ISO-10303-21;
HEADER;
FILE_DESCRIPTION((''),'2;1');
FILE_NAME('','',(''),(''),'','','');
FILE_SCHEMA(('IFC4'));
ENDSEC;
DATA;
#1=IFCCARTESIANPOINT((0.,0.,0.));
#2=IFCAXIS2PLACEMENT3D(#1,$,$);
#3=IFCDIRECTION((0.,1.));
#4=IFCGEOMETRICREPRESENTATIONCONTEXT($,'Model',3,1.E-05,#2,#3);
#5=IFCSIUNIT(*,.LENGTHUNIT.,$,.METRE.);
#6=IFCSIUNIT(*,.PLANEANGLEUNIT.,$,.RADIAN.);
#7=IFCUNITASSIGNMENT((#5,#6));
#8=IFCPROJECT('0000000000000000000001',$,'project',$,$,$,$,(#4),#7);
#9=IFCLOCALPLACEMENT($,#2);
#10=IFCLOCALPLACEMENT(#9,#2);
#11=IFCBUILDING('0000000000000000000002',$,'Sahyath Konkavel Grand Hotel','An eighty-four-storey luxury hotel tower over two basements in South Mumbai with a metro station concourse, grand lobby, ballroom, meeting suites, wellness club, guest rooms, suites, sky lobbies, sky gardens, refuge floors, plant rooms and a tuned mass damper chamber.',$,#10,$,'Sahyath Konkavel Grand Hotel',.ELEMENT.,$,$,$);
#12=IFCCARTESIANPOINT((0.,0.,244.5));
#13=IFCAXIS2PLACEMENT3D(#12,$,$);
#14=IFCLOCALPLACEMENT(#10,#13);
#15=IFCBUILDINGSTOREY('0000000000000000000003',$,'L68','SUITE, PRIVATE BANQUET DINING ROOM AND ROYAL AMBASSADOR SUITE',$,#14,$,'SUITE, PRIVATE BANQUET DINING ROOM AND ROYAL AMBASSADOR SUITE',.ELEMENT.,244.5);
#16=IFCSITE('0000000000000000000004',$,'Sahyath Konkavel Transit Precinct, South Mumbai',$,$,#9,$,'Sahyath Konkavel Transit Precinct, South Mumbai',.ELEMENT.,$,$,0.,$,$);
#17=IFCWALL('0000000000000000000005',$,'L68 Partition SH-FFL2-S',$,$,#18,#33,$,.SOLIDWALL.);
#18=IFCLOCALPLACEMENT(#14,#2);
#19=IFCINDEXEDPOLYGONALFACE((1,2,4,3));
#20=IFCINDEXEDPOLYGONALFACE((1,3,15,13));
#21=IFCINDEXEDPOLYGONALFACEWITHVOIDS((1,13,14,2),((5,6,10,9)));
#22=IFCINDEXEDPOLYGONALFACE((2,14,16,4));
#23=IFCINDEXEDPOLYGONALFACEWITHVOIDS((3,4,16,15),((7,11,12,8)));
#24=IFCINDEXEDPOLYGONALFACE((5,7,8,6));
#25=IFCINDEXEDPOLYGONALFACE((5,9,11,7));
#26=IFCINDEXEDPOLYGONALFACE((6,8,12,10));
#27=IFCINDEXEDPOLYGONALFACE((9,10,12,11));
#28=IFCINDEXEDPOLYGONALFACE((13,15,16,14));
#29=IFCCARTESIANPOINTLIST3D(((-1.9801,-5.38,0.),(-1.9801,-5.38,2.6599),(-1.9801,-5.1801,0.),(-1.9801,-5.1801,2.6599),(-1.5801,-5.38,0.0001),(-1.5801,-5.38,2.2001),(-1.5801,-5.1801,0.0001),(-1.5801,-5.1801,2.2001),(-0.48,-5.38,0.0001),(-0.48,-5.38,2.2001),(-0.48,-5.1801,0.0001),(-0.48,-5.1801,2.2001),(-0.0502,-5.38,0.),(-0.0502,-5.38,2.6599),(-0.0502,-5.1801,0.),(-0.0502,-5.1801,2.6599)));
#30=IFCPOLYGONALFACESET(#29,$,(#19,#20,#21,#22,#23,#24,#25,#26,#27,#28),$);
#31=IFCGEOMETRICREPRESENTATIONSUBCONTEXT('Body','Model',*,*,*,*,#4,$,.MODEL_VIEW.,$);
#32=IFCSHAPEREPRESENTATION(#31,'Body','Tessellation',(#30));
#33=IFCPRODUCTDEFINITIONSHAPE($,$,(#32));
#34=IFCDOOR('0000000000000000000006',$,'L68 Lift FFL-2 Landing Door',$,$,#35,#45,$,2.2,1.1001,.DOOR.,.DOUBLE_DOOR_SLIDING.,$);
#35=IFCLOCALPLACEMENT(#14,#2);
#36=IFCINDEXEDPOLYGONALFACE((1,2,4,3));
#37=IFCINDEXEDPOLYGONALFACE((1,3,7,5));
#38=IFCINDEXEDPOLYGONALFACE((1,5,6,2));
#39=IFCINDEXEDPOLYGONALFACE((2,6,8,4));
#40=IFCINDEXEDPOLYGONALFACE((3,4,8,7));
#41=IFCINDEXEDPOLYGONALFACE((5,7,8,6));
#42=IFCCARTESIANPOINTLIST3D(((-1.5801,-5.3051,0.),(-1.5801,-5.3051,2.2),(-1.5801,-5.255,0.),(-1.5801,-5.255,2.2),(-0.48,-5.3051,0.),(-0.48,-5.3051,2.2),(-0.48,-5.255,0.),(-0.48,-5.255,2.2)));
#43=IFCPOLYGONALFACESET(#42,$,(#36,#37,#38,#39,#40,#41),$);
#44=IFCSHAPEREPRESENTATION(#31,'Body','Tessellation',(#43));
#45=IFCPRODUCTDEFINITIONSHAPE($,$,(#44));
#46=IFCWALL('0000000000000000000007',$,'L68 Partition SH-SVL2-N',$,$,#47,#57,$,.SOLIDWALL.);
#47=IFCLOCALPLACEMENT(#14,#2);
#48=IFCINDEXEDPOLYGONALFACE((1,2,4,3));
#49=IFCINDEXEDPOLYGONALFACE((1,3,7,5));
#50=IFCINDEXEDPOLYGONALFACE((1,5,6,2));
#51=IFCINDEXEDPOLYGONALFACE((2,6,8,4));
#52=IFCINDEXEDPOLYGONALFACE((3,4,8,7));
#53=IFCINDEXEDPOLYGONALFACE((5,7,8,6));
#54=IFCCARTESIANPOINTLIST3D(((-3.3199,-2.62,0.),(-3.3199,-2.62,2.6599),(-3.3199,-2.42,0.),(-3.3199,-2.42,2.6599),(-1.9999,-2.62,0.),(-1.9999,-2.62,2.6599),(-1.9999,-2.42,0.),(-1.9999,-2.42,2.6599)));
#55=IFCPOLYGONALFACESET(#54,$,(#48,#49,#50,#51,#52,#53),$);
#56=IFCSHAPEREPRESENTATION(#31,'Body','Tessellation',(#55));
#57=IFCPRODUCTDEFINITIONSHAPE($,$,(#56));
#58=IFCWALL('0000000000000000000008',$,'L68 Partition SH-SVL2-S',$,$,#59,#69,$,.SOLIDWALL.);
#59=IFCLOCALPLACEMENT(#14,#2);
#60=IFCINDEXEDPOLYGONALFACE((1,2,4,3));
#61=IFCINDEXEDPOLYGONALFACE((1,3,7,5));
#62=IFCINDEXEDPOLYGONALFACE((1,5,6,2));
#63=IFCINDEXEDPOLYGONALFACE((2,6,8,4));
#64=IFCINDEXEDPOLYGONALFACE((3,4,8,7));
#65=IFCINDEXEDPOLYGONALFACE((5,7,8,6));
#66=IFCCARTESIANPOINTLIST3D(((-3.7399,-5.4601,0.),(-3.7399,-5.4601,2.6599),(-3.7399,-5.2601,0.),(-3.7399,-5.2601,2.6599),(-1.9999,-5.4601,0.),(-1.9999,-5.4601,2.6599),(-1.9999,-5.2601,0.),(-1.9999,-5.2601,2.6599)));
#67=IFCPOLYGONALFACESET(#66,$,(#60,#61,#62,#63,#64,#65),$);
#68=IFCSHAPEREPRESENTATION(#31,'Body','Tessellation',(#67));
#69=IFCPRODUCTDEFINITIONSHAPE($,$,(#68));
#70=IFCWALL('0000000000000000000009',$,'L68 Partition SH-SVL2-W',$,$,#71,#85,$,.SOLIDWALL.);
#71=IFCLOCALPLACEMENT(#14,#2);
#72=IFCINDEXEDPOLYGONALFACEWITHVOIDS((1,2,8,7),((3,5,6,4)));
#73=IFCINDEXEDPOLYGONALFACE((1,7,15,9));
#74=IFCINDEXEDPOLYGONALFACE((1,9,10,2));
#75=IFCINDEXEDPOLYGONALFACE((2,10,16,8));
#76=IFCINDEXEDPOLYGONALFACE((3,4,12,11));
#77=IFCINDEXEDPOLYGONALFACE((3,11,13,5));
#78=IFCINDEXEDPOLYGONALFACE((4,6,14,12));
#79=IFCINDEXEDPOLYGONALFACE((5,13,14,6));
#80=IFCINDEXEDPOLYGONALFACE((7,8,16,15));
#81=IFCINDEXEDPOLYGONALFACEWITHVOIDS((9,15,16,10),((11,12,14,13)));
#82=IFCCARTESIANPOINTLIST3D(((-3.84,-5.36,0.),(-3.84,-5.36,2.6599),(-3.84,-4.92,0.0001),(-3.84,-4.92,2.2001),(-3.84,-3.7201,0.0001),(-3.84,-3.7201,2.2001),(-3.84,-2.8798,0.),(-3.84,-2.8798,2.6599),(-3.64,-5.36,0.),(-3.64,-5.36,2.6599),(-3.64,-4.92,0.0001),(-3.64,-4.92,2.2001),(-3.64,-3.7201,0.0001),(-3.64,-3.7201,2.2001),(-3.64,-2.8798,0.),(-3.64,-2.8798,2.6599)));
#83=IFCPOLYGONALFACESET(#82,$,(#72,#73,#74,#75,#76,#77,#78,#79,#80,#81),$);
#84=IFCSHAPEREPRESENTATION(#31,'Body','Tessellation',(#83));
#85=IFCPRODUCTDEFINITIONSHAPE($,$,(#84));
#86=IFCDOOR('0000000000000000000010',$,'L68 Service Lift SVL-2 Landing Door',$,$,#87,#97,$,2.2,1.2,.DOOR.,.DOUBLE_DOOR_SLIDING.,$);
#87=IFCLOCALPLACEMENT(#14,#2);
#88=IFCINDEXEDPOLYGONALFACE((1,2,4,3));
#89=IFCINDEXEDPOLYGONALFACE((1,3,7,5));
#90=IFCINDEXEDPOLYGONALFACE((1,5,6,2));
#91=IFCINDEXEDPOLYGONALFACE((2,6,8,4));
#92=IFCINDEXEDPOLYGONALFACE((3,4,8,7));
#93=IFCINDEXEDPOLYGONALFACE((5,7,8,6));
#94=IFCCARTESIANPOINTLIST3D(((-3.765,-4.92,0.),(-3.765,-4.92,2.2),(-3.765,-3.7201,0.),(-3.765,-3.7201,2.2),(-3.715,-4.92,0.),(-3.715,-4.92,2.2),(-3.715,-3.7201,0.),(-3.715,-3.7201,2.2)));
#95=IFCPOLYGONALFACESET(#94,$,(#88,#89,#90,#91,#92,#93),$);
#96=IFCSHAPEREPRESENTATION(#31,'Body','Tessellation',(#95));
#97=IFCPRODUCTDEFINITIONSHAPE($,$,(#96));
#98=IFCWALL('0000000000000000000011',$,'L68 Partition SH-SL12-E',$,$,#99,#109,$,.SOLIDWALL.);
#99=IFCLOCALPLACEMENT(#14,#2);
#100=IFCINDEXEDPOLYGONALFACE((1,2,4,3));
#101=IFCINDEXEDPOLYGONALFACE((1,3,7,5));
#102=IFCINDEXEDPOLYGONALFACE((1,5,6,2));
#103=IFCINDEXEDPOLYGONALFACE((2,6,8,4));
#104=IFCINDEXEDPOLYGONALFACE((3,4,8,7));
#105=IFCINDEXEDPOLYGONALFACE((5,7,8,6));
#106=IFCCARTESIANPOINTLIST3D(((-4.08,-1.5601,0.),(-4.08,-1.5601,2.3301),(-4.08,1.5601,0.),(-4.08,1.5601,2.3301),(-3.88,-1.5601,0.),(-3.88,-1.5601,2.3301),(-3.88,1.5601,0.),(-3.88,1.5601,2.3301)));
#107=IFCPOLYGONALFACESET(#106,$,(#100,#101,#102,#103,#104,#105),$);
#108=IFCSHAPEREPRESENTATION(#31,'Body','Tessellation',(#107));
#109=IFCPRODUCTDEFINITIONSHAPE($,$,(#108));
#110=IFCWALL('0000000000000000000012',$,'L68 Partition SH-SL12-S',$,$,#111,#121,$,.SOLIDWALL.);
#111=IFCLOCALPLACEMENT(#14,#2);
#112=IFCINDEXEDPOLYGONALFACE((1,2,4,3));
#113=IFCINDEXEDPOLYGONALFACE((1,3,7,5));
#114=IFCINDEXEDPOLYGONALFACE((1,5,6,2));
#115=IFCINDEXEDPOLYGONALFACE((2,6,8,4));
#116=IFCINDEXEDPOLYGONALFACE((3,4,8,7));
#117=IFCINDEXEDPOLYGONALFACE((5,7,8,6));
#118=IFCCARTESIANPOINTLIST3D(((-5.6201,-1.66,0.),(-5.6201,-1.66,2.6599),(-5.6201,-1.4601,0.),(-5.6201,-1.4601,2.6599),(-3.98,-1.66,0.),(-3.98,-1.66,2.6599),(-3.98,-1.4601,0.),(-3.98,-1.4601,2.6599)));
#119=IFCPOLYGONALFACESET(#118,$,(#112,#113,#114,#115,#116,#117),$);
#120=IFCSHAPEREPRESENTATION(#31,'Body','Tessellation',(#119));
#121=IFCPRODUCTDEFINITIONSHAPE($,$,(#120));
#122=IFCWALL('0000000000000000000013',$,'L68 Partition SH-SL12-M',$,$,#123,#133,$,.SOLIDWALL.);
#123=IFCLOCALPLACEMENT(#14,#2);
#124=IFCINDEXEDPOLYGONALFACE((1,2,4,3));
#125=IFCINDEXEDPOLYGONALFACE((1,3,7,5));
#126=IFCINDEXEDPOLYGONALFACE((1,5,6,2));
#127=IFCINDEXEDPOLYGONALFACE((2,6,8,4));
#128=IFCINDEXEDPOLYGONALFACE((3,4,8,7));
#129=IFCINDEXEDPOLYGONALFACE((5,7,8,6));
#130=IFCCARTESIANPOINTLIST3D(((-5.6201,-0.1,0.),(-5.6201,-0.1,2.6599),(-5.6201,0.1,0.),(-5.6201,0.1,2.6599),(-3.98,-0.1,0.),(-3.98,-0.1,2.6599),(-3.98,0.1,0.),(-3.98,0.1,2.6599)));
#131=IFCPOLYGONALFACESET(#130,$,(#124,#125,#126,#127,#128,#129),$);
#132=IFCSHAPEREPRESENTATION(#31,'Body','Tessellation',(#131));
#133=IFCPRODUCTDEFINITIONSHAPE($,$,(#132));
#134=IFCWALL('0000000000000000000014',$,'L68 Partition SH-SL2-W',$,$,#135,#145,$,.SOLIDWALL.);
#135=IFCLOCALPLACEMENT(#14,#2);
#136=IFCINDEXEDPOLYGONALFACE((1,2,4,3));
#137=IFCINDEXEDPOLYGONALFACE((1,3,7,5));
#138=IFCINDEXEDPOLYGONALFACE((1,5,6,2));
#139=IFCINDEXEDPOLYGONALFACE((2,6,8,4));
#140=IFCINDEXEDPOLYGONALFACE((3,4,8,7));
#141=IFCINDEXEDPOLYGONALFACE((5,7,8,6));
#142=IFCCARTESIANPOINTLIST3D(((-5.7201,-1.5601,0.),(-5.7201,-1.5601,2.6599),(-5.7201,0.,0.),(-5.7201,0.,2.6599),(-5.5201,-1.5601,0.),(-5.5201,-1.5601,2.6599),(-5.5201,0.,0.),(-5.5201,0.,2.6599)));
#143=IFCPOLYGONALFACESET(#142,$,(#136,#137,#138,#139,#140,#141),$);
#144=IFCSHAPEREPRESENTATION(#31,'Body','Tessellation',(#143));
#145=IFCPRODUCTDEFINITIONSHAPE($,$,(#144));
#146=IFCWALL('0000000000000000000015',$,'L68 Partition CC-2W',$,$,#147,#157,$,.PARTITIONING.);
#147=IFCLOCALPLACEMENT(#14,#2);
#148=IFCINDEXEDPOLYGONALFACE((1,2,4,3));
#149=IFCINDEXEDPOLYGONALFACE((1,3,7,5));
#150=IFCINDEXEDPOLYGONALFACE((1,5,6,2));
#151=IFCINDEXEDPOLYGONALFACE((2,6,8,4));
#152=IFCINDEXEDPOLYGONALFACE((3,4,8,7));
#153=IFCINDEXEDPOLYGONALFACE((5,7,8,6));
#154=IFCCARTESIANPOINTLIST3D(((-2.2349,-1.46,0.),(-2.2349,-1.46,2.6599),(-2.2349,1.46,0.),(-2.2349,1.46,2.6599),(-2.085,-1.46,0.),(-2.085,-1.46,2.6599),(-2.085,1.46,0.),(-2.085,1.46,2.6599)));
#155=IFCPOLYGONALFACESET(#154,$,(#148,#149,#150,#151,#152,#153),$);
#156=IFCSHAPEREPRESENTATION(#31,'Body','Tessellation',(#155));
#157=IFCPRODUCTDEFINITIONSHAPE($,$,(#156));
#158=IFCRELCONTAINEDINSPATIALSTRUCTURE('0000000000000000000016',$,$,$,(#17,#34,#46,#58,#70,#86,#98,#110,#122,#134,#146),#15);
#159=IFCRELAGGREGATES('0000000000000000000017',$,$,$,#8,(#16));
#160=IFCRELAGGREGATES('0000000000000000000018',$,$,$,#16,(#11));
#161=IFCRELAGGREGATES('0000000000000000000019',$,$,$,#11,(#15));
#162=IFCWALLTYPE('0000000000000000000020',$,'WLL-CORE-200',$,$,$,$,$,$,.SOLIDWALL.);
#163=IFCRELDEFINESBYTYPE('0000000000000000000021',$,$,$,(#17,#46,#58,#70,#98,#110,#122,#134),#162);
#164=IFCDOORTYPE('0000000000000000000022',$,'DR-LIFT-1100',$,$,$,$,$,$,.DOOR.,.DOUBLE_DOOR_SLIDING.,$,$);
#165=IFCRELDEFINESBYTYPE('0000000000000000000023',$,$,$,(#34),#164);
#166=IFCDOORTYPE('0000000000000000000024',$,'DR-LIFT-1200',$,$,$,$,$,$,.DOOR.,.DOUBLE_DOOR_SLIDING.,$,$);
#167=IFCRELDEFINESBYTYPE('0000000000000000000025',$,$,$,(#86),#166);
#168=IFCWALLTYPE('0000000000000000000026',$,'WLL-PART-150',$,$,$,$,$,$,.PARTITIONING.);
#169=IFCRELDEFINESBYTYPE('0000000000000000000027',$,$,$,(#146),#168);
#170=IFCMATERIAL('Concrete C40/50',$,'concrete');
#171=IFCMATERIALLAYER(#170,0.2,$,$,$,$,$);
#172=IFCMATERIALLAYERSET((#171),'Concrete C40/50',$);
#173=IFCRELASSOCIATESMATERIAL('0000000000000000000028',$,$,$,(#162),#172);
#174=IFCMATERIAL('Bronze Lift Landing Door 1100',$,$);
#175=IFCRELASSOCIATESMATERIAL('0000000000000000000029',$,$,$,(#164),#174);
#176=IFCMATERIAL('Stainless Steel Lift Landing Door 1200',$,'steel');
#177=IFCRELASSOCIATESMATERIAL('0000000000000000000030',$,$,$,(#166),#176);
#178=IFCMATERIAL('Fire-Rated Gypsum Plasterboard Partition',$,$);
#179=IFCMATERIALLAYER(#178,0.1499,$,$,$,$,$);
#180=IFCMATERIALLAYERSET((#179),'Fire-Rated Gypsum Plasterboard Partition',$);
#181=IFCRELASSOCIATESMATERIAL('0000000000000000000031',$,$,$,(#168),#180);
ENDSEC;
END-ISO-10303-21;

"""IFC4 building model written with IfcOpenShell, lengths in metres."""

from ifc_helpers import new_model, si_unit, direction, frame, frame_2d, origin, origin_2d, place, context, subcontext, project, spatial, rectangle, extrude, source, transform, mapped, material, layer, layer_set, type_object, element, fill, save


model = new_model("IFC4")

# Units and contexts
model_context = context("Model", 3, precision=1e-05, world=origin(), true_north=direction((0.0, 1.0)))
body_context = subcontext(model_context, "Body", "Model", "MODEL_VIEW")
ifc_project = project(units=[si_unit("LENGTHUNIT", "METRE"), si_unit("PLANEANGLEUNIT", "RADIAN")], contexts=[model_context])

# Site, building, storey
site_placement = place(None, origin())
site = spatial("IfcSite", under=ifc_project, at=site_placement, Name="Sahyath Konkavel Transit Precinct, South Mumbai", LongName="Sahyath Konkavel Transit Precinct, South Mumbai", CompositionType="ELEMENT", RefElevation=0.0)
building_placement = place(site_placement, origin())
building = spatial("IfcBuilding", under=site, at=building_placement, Name="Sahyath Konkavel Grand Hotel", Description="An eighty-four-storey luxury hotel tower over two basements in South Mumbai with a metro station concourse, grand lobby, ballroom, meeting suites, wellness club, guest rooms, suites, sky lobbies, sky gardens, refuge floors, plant rooms and a tuned mass damper chamber.", LongName="Sahyath Konkavel Grand Hotel", CompositionType="ELEMENT")
storey_placement = place(building_placement, frame((0.0, 0.0, 244.5)))
storey = spatial("IfcBuildingStorey", under=building, at=storey_placement, Name="L68", Description="SUITE, PRIVATE BANQUET DINING ROOM AND ROYAL AMBASSADOR SUITE", LongName="SUITE, PRIVATE BANQUET DINING ROOM AND ROYAL AMBASSADOR SUITE", CompositionType="ELEMENT", Elevation=244.5)

# Shared definitions
ifc_material_1 = material(Name="Concrete C40/50", Category="concrete")

# Shared definitions
ifc_layer_1 = layer(ifc_material_1, 0.2)
ifc_layer_set_1 = layer_set([ifc_layer_1], Name="Concrete C40/50")
wall_type_1 = type_object("IfcWallType", Name="WLL-CORE-200", PredefinedType="SOLIDWALL", material=ifc_layer_set_1)

# Wall, opening, door
wall_1_placement = place(storey_placement, frame((-1.98, -5.28, 0.0), z_axis=(0.0, 0.0, 1.0), x_axis=(1.0, 0.0, 0.0)))
wall_1 = element("IfcWall", 1, at=wall_1_placement, inside=storey, type_object=wall_type_1, Name="L68 Partition SH-FFL2-S", PredefinedType="SOLIDWALL", context=body_context, shape_type="SweptSolid", body=[
    extrude(rectangle(XDim=1.9299, YDim=0.2, at=frame_2d((0.9648, 0.0))), origin(), (0.0, 0.0, 1.0), 2.6599),
])
opening_1_placement = place(wall_1_placement, frame((0.3999, 0.0, 0.0)))
opening_1 = element("IfcOpeningElement", 2, at=opening_1_placement, cuts=wall_1, PredefinedType="OPENING", context=body_context, shape_type="SweptSolid", body=[
    extrude(rectangle(XDim=1.1001, YDim=2.2, at=frame_2d((0.55, 1.1001))), frame((0.0, 0.1099, 0.0), z_axis=(0.0, -1.0, 0.0), x_axis=(1.0, 0.0, 0.0)), (0.0, 0.0, 1.0), 0.22),
])
ifc_material_2 = material(Name="Bronze Lift Landing Door 1100")
door_type_1 = type_object("IfcDoorType", Name="DR-LIFT-1100", OperationType="DOUBLE_DOOR_SLIDING", PredefinedType="DOOR", material=ifc_material_2)
shared_shape_1 = source(origin(), body_context, "Body", "SweptSolid", [
    extrude(rectangle(XDim=1.1001, YDim=0.05, at=origin_2d()), origin(), (0.0, 0.0, 1.0), 2.2),
])
door_1_placement = place(opening_1_placement, frame((0.55, 0.0, 0.0)))
door_1 = element("IfcDoor", 3, at=door_1_placement, inside=storey, type_object=door_type_1, Name="L68 Lift FFL-2 Landing Door", OperationType="DOUBLE_DOOR_SLIDING", OverallHeight=2.2, OverallWidth=1.1001, PredefinedType="DOOR", context=body_context, shape_type="MappedRepresentation", body=[
    mapped(shared_shape_1, transform((0.0, 0.0, 0.0), scale=1.0)),
])
fill(opening_1, door_1)

# Walls
wall_2_placement = place(storey_placement, frame((-3.3201, -2.52, 0.0), z_axis=(0.0, 0.0, 1.0), x_axis=(1.0, 0.0, 0.0)))
element("IfcWall", 4, at=wall_2_placement, inside=storey, type_object=wall_type_1, Name="L68 Partition SH-SVL2-N", PredefinedType="SOLIDWALL", context=body_context, shape_type="SweptSolid", body=[
    extrude(rectangle(XDim=1.3201, YDim=0.2, at=frame_2d((0.6602, 0.0))), origin(), (0.0, 0.0, 1.0), 2.6599),
])
wall_3_placement = place(storey_placement, frame((-3.74, -5.3601, 0.0), z_axis=(0.0, 0.0, 1.0), x_axis=(1.0, 0.0, 0.0)))
element("IfcWall", 5, at=wall_3_placement, inside=storey, type_object=wall_type_1, Name="L68 Partition SH-SVL2-S", PredefinedType="SOLIDWALL", context=body_context, shape_type="SweptSolid", body=[
    extrude(rectangle(XDim=1.74, YDim=0.2, at=frame_2d((0.8701, 0.0))), origin(), (0.0, 0.0, 1.0), 2.6599),
])

# Wall, opening, door
wall_4_placement = place(storey_placement, frame((-3.74, -5.3601, 0.0), z_axis=(0.0, 0.0, 1.0), x_axis=(0.0, 1.0, 0.0)))
wall_4 = element("IfcWall", 6, at=wall_4_placement, inside=storey, type_object=wall_type_1, Name="L68 Partition SH-SVL2-W", PredefinedType="SOLIDWALL", context=body_context, shape_type="SweptSolid", body=[
    extrude(rectangle(XDim=2.4802, YDim=0.2, at=frame_2d((1.2402, 0.0))), origin(), (0.0, 0.0, 1.0), 2.6599),
])
opening_2_placement = place(wall_4_placement, frame((0.4399, 0.0, 0.0)))
opening_2 = element("IfcOpeningElement", 7, at=opening_2_placement, cuts=wall_4, PredefinedType="OPENING", context=body_context, shape_type="SweptSolid", body=[
    extrude(rectangle(XDim=1.2, YDim=2.2, at=frame_2d((0.6001, 1.1001))), frame((0.0, 0.1099, 0.0), z_axis=(0.0, -1.0, 0.0), x_axis=(1.0, 0.0, 0.0)), (0.0, 0.0, 1.0), 0.22),
])
ifc_material_3 = material(Name="Stainless Steel Lift Landing Door 1200", Category="steel")
door_type_2 = type_object("IfcDoorType", Name="DR-LIFT-1200", OperationType="DOUBLE_DOOR_SLIDING", PredefinedType="DOOR", material=ifc_material_3)
shared_shape_2 = source(origin(), body_context, "Body", "SweptSolid", [
    extrude(rectangle(XDim=1.2, YDim=0.05, at=origin_2d()), origin(), (0.0, 0.0, 1.0), 2.2),
])
door_2_placement = place(opening_2_placement, frame((0.6001, 0.0, 0.0)))
door_2 = element("IfcDoor", 8, at=door_2_placement, inside=storey, type_object=door_type_2, Name="L68 Service Lift SVL-2 Landing Door", OperationType="DOUBLE_DOOR_SLIDING", OverallHeight=2.2, OverallWidth=1.2, PredefinedType="DOOR", context=body_context, shape_type="MappedRepresentation", body=[
    mapped(shared_shape_2, transform((0.0, 0.0, 0.0), scale=1.0)),
])
fill(opening_2, door_2)

# Walls
wall_5_placement = place(storey_placement, frame((-3.98, -1.5601, 0.0), z_axis=(0.0, 0.0, 1.0), x_axis=(0.0, 1.0, 0.0)))
element("IfcWall", 9, at=wall_5_placement, inside=storey, type_object=wall_type_1, Name="L68 Partition SH-SL12-E", PredefinedType="SOLIDWALL", context=body_context, shape_type="SweptSolid", body=[
    extrude(rectangle(XDim=3.1201, YDim=0.2, at=frame_2d((1.5601, 0.0))), origin(), (0.0, 0.0, 1.0), 2.3301),
])
for number, where, z_axis, x_axis, name in (
    (10, (-5.6201, -1.5601, 0.0), (0.0, 0.0, 1.0), (1.0, 0.0, 0.0), "L68 Partition SH-SL12-S"),
    (11, (-5.6201, 0.0, 0.0), (0.0, 0.0, 1.0), (1.0, 0.0, 0.0), "L68 Partition SH-SL12-M"),
):
    element("IfcWall", number, at=place(storey_placement, frame(where, z_axis=z_axis, x_axis=x_axis)), inside=storey, type_object=wall_type_1, Name=name, PredefinedType="SOLIDWALL", context=body_context, shape_type="SweptSolid", body=[
        extrude(rectangle(XDim=1.6401, YDim=0.2, at=frame_2d((0.8201, 0.0))), origin(), (0.0, 0.0, 1.0), 2.6599),
    ])
wall_6_placement = place(storey_placement, frame((-5.6201, -1.5601, 0.0), z_axis=(0.0, 0.0, 1.0), x_axis=(0.0, 1.0, 0.0)))
element("IfcWall", 12, at=wall_6_placement, inside=storey, type_object=wall_type_1, Name="L68 Partition SH-SL2-W", PredefinedType="SOLIDWALL", context=body_context, shape_type="SweptSolid", body=[
    extrude(rectangle(XDim=1.5601, YDim=0.2, at=frame_2d((0.78, 0.0))), origin(), (0.0, 0.0, 1.0), 2.6599),
])
ifc_material_4 = material(Name="Fire-Rated Gypsum Plasterboard Partition")
ifc_layer_2 = layer(ifc_material_4, 0.1499)
ifc_layer_set_2 = layer_set([ifc_layer_2], Name="Fire-Rated Gypsum Plasterboard Partition")
wall_type_2 = type_object("IfcWallType", Name="WLL-PART-150", PredefinedType="PARTITIONING", material=ifc_layer_set_2)
wall_7_placement = place(storey_placement, frame((-2.1599, -1.46, 0.0), z_axis=(0.0, 0.0, 1.0), x_axis=(0.0, 1.0, 0.0)))
element("IfcWall", 13, at=wall_7_placement, inside=storey, type_object=wall_type_2, Name="L68 Partition CC-2W", PredefinedType="PARTITIONING", context=body_context, shape_type="SweptSolid", body=[
    extrude(rectangle(XDim=2.9199, YDim=0.1499, at=frame_2d((1.46, 0.0))), origin(), (0.0, 0.0, 1.0), 2.6599),
])

save(model, "model.ifc")
